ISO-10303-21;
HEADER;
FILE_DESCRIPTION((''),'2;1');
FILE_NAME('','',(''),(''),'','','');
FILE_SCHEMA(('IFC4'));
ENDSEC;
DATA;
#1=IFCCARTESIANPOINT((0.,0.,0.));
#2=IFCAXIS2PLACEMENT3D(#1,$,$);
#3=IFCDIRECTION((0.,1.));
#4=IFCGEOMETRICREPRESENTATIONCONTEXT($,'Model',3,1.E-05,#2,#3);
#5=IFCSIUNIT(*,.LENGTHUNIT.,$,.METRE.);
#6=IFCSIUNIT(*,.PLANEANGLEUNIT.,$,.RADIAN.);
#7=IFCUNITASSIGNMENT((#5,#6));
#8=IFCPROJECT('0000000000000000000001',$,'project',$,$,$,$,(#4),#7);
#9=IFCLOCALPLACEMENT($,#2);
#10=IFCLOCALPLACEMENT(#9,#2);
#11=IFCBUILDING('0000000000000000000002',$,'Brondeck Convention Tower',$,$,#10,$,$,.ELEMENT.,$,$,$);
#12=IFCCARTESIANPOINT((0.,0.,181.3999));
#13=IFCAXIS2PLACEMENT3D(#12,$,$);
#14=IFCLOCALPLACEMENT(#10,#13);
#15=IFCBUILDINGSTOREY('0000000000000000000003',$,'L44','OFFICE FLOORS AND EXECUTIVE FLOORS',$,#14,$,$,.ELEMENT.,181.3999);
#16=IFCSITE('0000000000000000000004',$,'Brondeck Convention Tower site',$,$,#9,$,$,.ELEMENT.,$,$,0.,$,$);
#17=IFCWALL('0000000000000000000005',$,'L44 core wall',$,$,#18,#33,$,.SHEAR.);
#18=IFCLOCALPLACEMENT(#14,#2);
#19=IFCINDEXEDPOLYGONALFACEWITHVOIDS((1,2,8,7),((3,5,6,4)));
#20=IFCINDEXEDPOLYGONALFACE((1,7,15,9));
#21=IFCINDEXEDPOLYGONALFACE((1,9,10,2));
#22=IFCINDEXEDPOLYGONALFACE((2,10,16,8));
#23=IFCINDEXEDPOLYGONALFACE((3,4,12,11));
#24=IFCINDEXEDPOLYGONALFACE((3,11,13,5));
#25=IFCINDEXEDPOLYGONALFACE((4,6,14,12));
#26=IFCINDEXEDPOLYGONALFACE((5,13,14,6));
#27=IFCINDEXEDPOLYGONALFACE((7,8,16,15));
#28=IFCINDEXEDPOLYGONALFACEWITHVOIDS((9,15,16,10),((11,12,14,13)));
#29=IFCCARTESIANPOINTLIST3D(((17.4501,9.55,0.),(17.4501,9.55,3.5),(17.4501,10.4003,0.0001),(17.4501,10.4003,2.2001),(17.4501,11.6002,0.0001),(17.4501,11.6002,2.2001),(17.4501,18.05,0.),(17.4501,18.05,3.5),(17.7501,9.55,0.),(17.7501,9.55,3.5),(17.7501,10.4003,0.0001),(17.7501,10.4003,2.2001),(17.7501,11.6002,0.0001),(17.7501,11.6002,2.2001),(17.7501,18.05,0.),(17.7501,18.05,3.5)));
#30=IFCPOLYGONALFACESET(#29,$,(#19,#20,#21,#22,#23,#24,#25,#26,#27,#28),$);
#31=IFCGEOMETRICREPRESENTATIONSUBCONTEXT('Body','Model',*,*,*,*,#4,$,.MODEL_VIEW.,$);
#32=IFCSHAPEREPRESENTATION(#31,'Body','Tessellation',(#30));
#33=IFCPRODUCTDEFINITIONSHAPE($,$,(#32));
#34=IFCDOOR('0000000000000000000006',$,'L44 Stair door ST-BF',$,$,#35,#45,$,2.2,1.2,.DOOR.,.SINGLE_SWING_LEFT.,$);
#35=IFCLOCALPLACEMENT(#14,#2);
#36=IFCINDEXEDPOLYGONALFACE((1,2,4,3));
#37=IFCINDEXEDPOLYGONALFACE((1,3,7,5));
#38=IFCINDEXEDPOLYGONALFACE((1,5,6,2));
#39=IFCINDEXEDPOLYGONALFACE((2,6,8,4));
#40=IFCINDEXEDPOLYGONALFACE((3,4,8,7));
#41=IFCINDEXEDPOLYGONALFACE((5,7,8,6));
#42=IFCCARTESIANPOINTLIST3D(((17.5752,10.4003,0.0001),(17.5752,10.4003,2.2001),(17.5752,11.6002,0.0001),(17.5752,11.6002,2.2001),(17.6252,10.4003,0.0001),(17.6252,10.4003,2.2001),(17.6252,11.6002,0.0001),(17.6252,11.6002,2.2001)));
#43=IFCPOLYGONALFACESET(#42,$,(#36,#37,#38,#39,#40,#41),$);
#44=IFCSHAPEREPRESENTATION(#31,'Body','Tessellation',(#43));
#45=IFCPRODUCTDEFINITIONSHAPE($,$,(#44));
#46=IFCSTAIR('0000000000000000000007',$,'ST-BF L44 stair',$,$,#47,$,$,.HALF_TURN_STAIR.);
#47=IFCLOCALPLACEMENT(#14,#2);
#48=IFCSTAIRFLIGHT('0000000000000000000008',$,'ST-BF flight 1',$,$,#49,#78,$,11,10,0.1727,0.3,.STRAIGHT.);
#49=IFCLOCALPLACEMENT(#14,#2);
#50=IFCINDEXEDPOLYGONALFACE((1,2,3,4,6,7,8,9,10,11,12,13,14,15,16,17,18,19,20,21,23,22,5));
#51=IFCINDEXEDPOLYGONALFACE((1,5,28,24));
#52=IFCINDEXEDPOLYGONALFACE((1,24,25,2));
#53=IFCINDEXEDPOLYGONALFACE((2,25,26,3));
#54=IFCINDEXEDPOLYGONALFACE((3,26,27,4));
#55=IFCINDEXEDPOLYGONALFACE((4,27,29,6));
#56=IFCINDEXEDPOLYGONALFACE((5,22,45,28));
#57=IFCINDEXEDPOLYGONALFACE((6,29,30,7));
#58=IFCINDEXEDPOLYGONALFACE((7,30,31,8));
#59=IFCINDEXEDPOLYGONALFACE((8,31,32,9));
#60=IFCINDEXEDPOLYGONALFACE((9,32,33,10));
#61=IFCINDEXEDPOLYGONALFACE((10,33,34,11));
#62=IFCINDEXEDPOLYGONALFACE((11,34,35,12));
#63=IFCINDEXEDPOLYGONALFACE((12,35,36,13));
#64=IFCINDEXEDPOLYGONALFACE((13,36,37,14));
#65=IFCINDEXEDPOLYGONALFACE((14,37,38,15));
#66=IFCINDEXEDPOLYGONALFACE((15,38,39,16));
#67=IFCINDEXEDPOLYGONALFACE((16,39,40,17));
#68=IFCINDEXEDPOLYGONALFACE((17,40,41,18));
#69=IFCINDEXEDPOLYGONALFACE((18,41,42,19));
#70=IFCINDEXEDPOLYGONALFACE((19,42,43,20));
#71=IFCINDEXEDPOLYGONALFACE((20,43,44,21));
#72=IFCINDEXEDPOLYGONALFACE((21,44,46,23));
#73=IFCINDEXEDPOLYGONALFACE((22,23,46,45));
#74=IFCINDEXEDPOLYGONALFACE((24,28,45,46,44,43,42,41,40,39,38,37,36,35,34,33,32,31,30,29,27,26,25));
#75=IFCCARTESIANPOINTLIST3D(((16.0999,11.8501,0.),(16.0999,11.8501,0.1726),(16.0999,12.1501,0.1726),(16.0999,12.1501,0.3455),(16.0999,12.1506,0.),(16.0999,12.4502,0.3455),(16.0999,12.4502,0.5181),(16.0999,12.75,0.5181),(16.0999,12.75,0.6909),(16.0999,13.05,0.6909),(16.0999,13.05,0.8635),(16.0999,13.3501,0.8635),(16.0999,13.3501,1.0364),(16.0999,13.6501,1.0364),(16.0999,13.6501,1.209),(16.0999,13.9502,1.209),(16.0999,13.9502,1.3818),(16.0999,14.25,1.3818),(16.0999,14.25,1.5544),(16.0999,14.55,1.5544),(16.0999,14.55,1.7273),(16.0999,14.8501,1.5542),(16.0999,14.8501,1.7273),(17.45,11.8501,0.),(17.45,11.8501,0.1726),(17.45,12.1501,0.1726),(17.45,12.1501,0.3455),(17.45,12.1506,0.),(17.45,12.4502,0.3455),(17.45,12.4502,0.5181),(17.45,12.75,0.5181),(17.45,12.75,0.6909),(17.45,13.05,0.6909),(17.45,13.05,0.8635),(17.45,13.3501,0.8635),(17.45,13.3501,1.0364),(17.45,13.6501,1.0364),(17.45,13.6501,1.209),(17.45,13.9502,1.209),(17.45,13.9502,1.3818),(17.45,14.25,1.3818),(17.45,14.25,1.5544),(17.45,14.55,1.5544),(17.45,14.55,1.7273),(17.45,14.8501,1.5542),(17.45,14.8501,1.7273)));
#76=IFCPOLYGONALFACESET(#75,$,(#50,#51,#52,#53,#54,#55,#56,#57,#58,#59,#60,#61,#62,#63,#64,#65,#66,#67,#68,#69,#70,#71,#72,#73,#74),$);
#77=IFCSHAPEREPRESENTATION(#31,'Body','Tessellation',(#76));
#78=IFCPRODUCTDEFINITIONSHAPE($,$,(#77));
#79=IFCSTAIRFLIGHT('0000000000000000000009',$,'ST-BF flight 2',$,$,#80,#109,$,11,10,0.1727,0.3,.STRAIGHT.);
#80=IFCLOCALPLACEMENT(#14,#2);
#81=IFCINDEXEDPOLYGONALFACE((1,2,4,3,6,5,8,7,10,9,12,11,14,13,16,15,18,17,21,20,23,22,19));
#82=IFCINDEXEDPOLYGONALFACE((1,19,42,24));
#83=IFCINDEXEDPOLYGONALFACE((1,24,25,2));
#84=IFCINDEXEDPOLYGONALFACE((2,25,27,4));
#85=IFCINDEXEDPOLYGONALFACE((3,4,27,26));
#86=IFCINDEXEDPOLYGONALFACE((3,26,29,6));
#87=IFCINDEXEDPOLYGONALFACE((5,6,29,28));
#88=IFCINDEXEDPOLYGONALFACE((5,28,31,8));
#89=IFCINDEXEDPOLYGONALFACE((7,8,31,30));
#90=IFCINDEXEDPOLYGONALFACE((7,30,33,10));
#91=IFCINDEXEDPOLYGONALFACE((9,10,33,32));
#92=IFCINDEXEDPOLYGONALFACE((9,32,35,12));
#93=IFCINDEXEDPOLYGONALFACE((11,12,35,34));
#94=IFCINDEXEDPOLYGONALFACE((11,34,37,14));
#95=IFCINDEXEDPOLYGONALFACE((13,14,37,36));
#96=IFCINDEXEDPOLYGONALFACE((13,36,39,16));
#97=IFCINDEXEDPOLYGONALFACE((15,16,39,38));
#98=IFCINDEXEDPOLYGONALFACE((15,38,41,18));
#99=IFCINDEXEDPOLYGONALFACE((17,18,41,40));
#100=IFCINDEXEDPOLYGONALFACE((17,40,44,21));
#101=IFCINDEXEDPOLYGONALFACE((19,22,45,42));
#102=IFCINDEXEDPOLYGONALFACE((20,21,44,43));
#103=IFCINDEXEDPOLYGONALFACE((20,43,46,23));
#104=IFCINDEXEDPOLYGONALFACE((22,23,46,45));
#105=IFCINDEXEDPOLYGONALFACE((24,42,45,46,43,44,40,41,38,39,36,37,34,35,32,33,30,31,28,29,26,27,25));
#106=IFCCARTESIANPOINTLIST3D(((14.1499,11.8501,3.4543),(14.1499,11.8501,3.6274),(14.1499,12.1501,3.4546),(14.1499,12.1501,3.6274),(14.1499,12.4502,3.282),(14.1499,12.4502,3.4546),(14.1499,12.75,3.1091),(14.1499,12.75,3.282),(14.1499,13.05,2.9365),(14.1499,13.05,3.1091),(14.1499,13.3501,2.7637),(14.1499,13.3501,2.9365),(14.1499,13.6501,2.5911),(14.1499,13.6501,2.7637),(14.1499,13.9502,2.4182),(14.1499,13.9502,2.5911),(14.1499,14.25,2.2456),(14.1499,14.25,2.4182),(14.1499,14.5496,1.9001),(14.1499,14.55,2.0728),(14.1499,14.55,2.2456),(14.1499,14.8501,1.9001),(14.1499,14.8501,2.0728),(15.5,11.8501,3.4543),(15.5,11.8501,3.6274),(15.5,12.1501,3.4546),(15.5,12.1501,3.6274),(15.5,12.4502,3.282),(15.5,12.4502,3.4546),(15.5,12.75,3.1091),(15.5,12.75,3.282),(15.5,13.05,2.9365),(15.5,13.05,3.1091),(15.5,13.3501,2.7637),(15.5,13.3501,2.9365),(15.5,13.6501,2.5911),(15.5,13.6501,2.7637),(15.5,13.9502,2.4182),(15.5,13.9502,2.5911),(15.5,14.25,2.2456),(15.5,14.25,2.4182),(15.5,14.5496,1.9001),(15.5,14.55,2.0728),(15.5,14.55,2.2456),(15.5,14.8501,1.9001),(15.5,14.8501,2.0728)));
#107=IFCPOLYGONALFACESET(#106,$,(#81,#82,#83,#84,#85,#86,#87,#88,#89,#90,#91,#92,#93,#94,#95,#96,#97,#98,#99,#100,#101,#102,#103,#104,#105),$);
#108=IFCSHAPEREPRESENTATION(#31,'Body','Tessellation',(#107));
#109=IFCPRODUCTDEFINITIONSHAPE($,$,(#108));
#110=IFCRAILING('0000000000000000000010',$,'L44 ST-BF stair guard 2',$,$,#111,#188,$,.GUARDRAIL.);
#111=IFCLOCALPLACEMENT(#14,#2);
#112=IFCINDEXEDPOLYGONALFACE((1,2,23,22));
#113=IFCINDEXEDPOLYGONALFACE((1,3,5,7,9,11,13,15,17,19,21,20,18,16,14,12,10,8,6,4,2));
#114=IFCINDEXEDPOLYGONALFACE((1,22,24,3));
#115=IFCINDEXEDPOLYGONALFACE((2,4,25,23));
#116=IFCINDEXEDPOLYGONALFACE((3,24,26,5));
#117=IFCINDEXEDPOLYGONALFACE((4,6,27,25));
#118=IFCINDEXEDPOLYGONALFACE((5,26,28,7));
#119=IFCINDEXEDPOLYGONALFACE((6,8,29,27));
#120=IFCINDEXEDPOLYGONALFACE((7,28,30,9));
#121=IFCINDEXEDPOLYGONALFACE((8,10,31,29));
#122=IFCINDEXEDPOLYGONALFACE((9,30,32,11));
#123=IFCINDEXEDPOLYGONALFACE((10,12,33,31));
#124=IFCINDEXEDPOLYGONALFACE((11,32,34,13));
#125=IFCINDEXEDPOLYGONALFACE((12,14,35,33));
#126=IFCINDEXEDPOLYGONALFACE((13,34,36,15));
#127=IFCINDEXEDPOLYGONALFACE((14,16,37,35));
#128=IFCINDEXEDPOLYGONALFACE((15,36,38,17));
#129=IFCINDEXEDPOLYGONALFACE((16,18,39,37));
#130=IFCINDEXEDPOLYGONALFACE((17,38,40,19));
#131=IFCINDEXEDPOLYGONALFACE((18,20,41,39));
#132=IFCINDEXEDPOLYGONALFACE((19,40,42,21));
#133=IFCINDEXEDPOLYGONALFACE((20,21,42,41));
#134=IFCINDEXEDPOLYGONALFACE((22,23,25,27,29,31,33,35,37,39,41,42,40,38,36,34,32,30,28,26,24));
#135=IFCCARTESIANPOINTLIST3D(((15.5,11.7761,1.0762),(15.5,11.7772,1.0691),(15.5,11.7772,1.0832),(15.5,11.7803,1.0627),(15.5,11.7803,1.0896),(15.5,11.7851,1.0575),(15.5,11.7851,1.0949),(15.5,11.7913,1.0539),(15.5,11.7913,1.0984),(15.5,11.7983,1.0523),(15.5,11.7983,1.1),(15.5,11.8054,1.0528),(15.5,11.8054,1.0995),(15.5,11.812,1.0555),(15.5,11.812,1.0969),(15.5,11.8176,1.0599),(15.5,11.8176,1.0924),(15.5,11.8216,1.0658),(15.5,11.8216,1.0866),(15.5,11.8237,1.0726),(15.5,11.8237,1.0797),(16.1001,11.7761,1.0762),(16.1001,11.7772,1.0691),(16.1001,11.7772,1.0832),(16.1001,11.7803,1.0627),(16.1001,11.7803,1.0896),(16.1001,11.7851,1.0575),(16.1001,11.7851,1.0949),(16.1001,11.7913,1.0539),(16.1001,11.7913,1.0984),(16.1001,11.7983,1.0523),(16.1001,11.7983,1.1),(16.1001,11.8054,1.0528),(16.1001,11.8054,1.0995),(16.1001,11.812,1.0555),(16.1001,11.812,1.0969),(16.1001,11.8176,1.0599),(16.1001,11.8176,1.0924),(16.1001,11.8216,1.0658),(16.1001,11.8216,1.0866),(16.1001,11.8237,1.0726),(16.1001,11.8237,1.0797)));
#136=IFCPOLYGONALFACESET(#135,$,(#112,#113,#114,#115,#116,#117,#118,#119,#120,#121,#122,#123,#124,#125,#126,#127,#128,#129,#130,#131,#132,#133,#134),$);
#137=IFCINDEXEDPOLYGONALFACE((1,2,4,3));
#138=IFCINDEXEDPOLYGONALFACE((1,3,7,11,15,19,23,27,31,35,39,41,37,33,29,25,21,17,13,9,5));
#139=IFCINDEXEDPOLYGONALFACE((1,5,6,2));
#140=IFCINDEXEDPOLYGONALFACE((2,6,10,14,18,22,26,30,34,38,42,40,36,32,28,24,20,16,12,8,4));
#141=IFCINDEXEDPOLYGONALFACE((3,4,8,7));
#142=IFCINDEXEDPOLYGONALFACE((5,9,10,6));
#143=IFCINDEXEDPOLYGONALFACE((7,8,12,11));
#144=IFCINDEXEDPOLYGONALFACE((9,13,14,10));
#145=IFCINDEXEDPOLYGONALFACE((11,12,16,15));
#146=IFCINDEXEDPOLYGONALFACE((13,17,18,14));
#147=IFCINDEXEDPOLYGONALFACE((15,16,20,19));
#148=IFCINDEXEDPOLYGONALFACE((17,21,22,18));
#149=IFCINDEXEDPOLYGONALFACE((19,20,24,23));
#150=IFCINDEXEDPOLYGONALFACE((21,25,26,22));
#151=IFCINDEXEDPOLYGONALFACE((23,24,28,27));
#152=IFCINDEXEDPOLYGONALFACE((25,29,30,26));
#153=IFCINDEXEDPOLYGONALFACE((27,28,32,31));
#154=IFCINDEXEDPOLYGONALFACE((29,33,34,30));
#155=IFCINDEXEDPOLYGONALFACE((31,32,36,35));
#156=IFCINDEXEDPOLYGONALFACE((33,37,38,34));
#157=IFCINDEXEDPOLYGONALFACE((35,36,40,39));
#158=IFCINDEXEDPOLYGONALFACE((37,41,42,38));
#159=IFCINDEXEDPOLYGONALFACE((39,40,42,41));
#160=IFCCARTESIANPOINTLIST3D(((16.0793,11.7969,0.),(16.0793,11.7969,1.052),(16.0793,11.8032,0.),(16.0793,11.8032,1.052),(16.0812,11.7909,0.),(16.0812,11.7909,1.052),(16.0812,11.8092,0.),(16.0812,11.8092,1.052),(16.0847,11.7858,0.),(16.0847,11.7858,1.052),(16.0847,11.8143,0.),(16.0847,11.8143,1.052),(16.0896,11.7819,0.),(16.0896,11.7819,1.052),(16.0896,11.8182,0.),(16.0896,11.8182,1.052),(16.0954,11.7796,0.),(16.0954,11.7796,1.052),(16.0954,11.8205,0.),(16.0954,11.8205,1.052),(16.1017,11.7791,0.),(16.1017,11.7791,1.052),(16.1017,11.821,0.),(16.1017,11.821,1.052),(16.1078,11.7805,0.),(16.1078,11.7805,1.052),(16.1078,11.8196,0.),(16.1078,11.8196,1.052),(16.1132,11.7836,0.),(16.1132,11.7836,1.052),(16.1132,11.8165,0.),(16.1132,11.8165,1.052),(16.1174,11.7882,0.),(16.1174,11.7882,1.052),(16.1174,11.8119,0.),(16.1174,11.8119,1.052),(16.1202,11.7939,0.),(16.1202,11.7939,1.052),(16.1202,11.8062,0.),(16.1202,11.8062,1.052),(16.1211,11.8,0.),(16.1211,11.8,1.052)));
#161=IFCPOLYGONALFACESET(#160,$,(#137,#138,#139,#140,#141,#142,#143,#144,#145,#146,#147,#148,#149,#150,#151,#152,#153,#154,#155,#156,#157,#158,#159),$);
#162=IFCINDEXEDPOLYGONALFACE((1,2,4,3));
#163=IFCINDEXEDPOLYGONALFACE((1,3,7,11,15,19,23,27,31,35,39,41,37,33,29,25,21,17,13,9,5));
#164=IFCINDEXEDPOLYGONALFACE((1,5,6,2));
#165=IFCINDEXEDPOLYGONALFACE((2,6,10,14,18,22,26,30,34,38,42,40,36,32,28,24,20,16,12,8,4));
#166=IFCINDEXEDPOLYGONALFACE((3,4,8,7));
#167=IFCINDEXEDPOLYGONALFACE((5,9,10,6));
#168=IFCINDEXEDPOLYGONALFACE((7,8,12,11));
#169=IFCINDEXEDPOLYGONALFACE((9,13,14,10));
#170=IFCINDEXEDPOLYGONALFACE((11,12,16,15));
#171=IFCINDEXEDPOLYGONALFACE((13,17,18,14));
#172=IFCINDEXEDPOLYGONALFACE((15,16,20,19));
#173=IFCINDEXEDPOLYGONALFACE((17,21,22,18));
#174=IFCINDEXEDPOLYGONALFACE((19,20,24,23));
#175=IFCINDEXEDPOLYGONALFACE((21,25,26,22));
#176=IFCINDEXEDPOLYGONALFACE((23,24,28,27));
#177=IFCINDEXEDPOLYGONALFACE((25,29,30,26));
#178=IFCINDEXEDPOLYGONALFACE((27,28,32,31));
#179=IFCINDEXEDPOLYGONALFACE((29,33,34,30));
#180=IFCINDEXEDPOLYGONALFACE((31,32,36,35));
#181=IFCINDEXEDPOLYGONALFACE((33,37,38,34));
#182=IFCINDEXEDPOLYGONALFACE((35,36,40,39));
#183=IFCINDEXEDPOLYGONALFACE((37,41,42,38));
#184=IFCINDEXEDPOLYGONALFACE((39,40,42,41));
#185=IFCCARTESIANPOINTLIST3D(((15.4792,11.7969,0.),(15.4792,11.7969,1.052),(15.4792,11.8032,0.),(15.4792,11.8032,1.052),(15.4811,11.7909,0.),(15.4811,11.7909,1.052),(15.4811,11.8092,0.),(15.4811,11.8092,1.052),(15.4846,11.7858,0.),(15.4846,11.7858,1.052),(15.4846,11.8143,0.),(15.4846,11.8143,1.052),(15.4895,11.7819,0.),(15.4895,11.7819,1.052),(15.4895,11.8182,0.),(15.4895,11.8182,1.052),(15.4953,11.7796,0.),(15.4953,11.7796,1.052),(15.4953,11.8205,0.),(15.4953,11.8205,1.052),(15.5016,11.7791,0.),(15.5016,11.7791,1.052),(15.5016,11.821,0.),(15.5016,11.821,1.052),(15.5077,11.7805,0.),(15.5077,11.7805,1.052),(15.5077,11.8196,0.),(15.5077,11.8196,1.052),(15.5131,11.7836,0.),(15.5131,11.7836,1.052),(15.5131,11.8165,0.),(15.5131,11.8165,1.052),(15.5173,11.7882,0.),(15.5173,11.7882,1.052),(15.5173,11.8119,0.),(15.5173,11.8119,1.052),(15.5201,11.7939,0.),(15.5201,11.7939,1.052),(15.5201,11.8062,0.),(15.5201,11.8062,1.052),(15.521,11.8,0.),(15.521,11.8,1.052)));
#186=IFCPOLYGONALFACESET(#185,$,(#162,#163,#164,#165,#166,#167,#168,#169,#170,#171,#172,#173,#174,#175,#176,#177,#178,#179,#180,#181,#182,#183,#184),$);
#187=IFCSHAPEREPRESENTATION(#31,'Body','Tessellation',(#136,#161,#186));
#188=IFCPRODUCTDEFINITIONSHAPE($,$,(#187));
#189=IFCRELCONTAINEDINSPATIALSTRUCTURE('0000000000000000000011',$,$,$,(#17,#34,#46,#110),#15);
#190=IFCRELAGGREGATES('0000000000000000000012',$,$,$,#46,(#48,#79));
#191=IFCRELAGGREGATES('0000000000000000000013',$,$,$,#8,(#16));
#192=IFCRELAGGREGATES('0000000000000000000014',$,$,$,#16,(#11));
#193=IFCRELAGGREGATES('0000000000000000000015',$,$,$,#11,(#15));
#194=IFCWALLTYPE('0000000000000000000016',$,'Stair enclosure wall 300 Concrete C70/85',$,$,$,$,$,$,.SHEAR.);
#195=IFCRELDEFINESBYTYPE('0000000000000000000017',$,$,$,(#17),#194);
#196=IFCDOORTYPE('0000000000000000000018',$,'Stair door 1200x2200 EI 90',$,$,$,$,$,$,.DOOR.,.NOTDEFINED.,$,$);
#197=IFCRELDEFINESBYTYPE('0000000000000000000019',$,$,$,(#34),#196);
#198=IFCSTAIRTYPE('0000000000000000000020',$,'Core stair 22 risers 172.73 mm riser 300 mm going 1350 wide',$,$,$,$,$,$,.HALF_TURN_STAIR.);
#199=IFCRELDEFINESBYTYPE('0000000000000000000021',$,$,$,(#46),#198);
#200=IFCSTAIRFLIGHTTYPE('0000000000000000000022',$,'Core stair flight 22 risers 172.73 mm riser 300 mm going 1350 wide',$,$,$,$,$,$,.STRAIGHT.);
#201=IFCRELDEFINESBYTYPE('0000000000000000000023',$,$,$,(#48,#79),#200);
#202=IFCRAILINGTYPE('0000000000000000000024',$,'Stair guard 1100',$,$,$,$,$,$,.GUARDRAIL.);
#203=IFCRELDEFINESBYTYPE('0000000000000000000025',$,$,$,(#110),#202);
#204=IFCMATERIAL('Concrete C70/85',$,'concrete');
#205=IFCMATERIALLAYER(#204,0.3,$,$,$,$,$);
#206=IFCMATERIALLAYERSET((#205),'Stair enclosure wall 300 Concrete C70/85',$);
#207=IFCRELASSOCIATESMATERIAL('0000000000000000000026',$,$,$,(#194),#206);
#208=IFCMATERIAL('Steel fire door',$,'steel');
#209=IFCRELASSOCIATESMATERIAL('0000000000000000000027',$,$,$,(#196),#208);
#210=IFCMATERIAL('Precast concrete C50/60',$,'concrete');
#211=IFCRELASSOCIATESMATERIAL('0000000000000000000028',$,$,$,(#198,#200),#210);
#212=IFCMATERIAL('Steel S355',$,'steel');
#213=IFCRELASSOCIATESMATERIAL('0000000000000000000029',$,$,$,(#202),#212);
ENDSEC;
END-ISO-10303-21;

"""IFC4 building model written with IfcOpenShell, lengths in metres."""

from ifc_helpers import new_model, si_unit, direction, frame, frame_2d, origin, origin_2d, place, context, subcontext, project, spatial, polyline, rectangle, circle, outline, extrude, material, layer, layer_set, type_object, element, fill, aggregate, save


model = new_model("IFC4")

# Units and contexts
model_context = context("Model", 3, precision=1e-05, world=origin(), true_north=direction((0.0, 1.0)))
body_context = subcontext(model_context, "Body", "Model", "MODEL_VIEW")
ifc_project = project(units=[si_unit("LENGTHUNIT", "METRE"), si_unit("PLANEANGLEUNIT", "RADIAN")], contexts=[model_context])

# Site, building, storey
site_placement = place(None, origin())
site = spatial("IfcSite", under=ifc_project, at=site_placement, Name="Brondeck Convention Tower site", CompositionType="ELEMENT", RefElevation=0.0)
building_placement = place(site_placement, origin())
building = spatial("IfcBuilding", under=site, at=building_placement, Name="Brondeck Convention Tower", CompositionType="ELEMENT")
storey_placement = place(building_placement, frame((0.0, 0.0, 181.3999)))
storey = spatial("IfcBuildingStorey", under=building, at=storey_placement, Name="L44", Description="OFFICE FLOORS AND EXECUTIVE FLOORS", CompositionType="ELEMENT", Elevation=181.3999)

# Shared definitions
ifc_material_1 = material(Name="Concrete C70/85", Category="concrete")

# Shared definitions
ifc_material_2 = material(Name="Steel S355", Category="steel")

# Shared definitions
ifc_layer_1 = layer(ifc_material_1, 0.3)
ifc_layer_set_1 = layer_set([ifc_layer_1], Name="Stair enclosure wall 300 Concrete C70/85")
wall_type_1 = type_object("IfcWallType", Name="Stair enclosure wall 300 Concrete C70/85", PredefinedType="SHEAR", material=ifc_layer_set_1)

# Wall, opening, door
wall_1_placement = place(storey_placement, frame((17.6001, 9.55, 0.0), z_axis=(0.0, 0.0, 1.0), x_axis=(0.0, 1.0, 0.0)))
wall_1 = element("IfcWall", 1, at=wall_1_placement, inside=storey, type_object=wall_type_1, Name="L44 core wall", PredefinedType="SHEAR", context=body_context, shape_type="SweptSolid", body=[
    extrude(rectangle(XDim=8.5, YDim=0.3, at=frame_2d((4.25, 0.0))), origin(), (0.0, 0.0, 1.0), 3.5),
])
opening_1_placement = place(wall_1_placement, frame((0.8501, 0.0, 0.0)))
opening_1 = element("IfcOpeningElement", 2, at=opening_1_placement, cuts=wall_1, PredefinedType="OPENING", context=body_context, shape_type="SweptSolid", body=[
    extrude(rectangle(XDim=1.2, YDim=2.2, at=frame_2d((0.6001, 1.1001))), frame((0.0, 0.1599, 0.0), z_axis=(0.0, -1.0, 0.0), x_axis=(1.0, 0.0, 0.0)), (0.0, 0.0, 1.0), 0.3201),
])
ifc_material_3 = material(Name="Steel fire door", Category="steel")
door_type_1 = type_object("IfcDoorType", Name="Stair door 1200x2200 EI 90", OperationType="NOTDEFINED", PredefinedType="DOOR", material=ifc_material_3)
door_1_placement = place(opening_1_placement, origin())
door_1 = element("IfcDoor", 3, at=door_1_placement, inside=storey, type_object=door_type_1, Name="L44 Stair door ST-BF", OperationType="SINGLE_SWING_LEFT", OverallHeight=2.2, OverallWidth=1.2, PredefinedType="DOOR", context=body_context, shape_type="SweptSolid", body=[
    extrude(rectangle(XDim=1.2, YDim=2.2, at=frame_2d((0.6001, 1.1001))), frame((0.0, 0.0249, 0.0), z_axis=(0.0, -1.0, 0.0), x_axis=(1.0, 0.0, 0.0)), (0.0, 0.0, 1.0), 0.05),
])
fill(opening_1, door_1)

# Stair, stair flights
ifc_material_4 = material(Name="Precast concrete C50/60", Category="concrete")
stair_type = type_object("IfcStairType", Name="Core stair 22 risers 172.73 mm riser 300 mm going 1350 wide", PredefinedType="HALF_TURN_STAIR", material=ifc_material_4)
stair_placement = place(storey_placement, origin())
stair = element("IfcStair", 4, at=stair_placement, inside=storey, type_object=stair_type, Name="ST-BF L44 stair", PredefinedType="HALF_TURN_STAIR")
stair_flight_type = type_object("IfcStairFlightType", Name="Core stair flight 22 risers 172.73 mm riser 300 mm going 1350 wide", PredefinedType="STRAIGHT", material=ifc_material_4)
stair_flight_1_placement = place(storey_placement, frame((16.7749, 11.8501, 0.0), z_axis=(0.0, 0.0, 1.0), x_axis=(0.0, 1.0, 0.0)))
stair_flight_1 = element("IfcStairFlight", 5, at=stair_flight_1_placement, type_object=stair_flight_type, Name="ST-BF flight 1", NumberOfRisers=11, NumberOfTreads=10, PredefinedType="STRAIGHT", RiserHeight=0.1727, TreadLength=0.3, context=body_context, shape_type="SweptSolid", body=[
    extrude(outline(polyline([(0.0, 0.0), (0.0, 0.1726), (0.3, 0.1726), (0.3, 0.3455), (0.6001, 0.3455), (0.6001, 0.5181), (0.8999, 0.5181), (0.8999, 0.6909), (1.2, 0.6909), (1.2, 0.8635), (1.5, 0.8635), (1.5, 1.0364), (1.8, 1.0364), (1.8, 1.209), (2.1001, 1.209), (2.1001, 1.3818), (2.3999, 1.3818), (2.3999, 1.5544), (2.7, 1.5544), (2.7, 1.7273), (3.0, 1.7273), (3.0, 1.8999), (3.0, 1.5542), (0.3005, 0.0), (0.0, 0.0)])), frame((0.0, 0.675, 0.0), z_axis=(0.0, -1.0, 0.0), x_axis=(1.0, 0.0, 0.0)), (0.0, 0.0, 1.0), 1.3501),
])
stair_flight_2_placement = place(storey_placement, frame((14.825, 14.8501, 1.9001), z_axis=(0.0, 0.0, 1.0), x_axis=(0.0, -1.0, 0.0)))
stair_flight_2 = element("IfcStairFlight", 6, at=stair_flight_2_placement, type_object=stair_flight_type, Name="ST-BF flight 2", NumberOfRisers=11, NumberOfTreads=10, PredefinedType="STRAIGHT", RiserHeight=0.1727, TreadLength=0.3, context=body_context, shape_type="SweptSolid", body=[
    extrude(outline(polyline([(0.0, 0.0), (0.0, 0.1726), (0.3, 0.1726), (0.3, 0.3455), (0.6001, 0.3455), (0.6001, 0.5181), (0.8999, 0.5181), (0.8999, 0.6909), (1.2, 0.6909), (1.2, 0.8635), (1.5, 0.8635), (1.5, 1.0364), (1.8, 1.0364), (1.8, 1.209), (2.1001, 1.209), (2.1001, 1.3818), (2.3999, 1.3818), (2.3999, 1.5544), (2.7, 1.5544), (2.7, 1.7273), (3.0, 1.7273), (3.0, 1.8999), (3.0, 1.5542), (0.3005, 0.0), (0.0, 0.0)])), frame((0.0, 0.675, 0.0), z_axis=(0.0, -1.0, 0.0), x_axis=(1.0, 0.0, 0.0)), (0.0, 0.0, 1.0), 1.3501),
])
aggregate(stair, [stair_flight_1, stair_flight_2])

# Railing
railing_type_1 = type_object("IfcRailingType", Name="Stair guard 1100", PredefinedType="GUARDRAIL", material=ifc_material_2)
railing_1_placement = place(storey_placement, frame((16.1001, 11.8, 0.0)))
element("IfcRailing", 7, at=railing_1_placement, inside=storey, type_object=railing_type_1, Name="L44 ST-BF stair guard 2", PredefinedType="GUARDRAIL", context=body_context, shape_type="SweptSolid", body=[
    extrude(circle(Radius=0.0239, at=origin_2d()), frame((0.0, 0.0, 1.0762), z_axis=(-1.0, 0.0, 0.0), x_axis=(0.0, -1.0, 0.0)), (0.0, 0.0, 1.0), 0.6001),
    extrude(circle(Radius=0.021, at=origin_2d()), origin(), (0.0, 0.0, 1.0), 1.052),
    extrude(circle(Radius=0.021, at=origin_2d()), frame((-0.6001, 0.0, 0.0)), (0.0, 0.0, 1.0), 1.052),
])

save(model, "model.ifc")
